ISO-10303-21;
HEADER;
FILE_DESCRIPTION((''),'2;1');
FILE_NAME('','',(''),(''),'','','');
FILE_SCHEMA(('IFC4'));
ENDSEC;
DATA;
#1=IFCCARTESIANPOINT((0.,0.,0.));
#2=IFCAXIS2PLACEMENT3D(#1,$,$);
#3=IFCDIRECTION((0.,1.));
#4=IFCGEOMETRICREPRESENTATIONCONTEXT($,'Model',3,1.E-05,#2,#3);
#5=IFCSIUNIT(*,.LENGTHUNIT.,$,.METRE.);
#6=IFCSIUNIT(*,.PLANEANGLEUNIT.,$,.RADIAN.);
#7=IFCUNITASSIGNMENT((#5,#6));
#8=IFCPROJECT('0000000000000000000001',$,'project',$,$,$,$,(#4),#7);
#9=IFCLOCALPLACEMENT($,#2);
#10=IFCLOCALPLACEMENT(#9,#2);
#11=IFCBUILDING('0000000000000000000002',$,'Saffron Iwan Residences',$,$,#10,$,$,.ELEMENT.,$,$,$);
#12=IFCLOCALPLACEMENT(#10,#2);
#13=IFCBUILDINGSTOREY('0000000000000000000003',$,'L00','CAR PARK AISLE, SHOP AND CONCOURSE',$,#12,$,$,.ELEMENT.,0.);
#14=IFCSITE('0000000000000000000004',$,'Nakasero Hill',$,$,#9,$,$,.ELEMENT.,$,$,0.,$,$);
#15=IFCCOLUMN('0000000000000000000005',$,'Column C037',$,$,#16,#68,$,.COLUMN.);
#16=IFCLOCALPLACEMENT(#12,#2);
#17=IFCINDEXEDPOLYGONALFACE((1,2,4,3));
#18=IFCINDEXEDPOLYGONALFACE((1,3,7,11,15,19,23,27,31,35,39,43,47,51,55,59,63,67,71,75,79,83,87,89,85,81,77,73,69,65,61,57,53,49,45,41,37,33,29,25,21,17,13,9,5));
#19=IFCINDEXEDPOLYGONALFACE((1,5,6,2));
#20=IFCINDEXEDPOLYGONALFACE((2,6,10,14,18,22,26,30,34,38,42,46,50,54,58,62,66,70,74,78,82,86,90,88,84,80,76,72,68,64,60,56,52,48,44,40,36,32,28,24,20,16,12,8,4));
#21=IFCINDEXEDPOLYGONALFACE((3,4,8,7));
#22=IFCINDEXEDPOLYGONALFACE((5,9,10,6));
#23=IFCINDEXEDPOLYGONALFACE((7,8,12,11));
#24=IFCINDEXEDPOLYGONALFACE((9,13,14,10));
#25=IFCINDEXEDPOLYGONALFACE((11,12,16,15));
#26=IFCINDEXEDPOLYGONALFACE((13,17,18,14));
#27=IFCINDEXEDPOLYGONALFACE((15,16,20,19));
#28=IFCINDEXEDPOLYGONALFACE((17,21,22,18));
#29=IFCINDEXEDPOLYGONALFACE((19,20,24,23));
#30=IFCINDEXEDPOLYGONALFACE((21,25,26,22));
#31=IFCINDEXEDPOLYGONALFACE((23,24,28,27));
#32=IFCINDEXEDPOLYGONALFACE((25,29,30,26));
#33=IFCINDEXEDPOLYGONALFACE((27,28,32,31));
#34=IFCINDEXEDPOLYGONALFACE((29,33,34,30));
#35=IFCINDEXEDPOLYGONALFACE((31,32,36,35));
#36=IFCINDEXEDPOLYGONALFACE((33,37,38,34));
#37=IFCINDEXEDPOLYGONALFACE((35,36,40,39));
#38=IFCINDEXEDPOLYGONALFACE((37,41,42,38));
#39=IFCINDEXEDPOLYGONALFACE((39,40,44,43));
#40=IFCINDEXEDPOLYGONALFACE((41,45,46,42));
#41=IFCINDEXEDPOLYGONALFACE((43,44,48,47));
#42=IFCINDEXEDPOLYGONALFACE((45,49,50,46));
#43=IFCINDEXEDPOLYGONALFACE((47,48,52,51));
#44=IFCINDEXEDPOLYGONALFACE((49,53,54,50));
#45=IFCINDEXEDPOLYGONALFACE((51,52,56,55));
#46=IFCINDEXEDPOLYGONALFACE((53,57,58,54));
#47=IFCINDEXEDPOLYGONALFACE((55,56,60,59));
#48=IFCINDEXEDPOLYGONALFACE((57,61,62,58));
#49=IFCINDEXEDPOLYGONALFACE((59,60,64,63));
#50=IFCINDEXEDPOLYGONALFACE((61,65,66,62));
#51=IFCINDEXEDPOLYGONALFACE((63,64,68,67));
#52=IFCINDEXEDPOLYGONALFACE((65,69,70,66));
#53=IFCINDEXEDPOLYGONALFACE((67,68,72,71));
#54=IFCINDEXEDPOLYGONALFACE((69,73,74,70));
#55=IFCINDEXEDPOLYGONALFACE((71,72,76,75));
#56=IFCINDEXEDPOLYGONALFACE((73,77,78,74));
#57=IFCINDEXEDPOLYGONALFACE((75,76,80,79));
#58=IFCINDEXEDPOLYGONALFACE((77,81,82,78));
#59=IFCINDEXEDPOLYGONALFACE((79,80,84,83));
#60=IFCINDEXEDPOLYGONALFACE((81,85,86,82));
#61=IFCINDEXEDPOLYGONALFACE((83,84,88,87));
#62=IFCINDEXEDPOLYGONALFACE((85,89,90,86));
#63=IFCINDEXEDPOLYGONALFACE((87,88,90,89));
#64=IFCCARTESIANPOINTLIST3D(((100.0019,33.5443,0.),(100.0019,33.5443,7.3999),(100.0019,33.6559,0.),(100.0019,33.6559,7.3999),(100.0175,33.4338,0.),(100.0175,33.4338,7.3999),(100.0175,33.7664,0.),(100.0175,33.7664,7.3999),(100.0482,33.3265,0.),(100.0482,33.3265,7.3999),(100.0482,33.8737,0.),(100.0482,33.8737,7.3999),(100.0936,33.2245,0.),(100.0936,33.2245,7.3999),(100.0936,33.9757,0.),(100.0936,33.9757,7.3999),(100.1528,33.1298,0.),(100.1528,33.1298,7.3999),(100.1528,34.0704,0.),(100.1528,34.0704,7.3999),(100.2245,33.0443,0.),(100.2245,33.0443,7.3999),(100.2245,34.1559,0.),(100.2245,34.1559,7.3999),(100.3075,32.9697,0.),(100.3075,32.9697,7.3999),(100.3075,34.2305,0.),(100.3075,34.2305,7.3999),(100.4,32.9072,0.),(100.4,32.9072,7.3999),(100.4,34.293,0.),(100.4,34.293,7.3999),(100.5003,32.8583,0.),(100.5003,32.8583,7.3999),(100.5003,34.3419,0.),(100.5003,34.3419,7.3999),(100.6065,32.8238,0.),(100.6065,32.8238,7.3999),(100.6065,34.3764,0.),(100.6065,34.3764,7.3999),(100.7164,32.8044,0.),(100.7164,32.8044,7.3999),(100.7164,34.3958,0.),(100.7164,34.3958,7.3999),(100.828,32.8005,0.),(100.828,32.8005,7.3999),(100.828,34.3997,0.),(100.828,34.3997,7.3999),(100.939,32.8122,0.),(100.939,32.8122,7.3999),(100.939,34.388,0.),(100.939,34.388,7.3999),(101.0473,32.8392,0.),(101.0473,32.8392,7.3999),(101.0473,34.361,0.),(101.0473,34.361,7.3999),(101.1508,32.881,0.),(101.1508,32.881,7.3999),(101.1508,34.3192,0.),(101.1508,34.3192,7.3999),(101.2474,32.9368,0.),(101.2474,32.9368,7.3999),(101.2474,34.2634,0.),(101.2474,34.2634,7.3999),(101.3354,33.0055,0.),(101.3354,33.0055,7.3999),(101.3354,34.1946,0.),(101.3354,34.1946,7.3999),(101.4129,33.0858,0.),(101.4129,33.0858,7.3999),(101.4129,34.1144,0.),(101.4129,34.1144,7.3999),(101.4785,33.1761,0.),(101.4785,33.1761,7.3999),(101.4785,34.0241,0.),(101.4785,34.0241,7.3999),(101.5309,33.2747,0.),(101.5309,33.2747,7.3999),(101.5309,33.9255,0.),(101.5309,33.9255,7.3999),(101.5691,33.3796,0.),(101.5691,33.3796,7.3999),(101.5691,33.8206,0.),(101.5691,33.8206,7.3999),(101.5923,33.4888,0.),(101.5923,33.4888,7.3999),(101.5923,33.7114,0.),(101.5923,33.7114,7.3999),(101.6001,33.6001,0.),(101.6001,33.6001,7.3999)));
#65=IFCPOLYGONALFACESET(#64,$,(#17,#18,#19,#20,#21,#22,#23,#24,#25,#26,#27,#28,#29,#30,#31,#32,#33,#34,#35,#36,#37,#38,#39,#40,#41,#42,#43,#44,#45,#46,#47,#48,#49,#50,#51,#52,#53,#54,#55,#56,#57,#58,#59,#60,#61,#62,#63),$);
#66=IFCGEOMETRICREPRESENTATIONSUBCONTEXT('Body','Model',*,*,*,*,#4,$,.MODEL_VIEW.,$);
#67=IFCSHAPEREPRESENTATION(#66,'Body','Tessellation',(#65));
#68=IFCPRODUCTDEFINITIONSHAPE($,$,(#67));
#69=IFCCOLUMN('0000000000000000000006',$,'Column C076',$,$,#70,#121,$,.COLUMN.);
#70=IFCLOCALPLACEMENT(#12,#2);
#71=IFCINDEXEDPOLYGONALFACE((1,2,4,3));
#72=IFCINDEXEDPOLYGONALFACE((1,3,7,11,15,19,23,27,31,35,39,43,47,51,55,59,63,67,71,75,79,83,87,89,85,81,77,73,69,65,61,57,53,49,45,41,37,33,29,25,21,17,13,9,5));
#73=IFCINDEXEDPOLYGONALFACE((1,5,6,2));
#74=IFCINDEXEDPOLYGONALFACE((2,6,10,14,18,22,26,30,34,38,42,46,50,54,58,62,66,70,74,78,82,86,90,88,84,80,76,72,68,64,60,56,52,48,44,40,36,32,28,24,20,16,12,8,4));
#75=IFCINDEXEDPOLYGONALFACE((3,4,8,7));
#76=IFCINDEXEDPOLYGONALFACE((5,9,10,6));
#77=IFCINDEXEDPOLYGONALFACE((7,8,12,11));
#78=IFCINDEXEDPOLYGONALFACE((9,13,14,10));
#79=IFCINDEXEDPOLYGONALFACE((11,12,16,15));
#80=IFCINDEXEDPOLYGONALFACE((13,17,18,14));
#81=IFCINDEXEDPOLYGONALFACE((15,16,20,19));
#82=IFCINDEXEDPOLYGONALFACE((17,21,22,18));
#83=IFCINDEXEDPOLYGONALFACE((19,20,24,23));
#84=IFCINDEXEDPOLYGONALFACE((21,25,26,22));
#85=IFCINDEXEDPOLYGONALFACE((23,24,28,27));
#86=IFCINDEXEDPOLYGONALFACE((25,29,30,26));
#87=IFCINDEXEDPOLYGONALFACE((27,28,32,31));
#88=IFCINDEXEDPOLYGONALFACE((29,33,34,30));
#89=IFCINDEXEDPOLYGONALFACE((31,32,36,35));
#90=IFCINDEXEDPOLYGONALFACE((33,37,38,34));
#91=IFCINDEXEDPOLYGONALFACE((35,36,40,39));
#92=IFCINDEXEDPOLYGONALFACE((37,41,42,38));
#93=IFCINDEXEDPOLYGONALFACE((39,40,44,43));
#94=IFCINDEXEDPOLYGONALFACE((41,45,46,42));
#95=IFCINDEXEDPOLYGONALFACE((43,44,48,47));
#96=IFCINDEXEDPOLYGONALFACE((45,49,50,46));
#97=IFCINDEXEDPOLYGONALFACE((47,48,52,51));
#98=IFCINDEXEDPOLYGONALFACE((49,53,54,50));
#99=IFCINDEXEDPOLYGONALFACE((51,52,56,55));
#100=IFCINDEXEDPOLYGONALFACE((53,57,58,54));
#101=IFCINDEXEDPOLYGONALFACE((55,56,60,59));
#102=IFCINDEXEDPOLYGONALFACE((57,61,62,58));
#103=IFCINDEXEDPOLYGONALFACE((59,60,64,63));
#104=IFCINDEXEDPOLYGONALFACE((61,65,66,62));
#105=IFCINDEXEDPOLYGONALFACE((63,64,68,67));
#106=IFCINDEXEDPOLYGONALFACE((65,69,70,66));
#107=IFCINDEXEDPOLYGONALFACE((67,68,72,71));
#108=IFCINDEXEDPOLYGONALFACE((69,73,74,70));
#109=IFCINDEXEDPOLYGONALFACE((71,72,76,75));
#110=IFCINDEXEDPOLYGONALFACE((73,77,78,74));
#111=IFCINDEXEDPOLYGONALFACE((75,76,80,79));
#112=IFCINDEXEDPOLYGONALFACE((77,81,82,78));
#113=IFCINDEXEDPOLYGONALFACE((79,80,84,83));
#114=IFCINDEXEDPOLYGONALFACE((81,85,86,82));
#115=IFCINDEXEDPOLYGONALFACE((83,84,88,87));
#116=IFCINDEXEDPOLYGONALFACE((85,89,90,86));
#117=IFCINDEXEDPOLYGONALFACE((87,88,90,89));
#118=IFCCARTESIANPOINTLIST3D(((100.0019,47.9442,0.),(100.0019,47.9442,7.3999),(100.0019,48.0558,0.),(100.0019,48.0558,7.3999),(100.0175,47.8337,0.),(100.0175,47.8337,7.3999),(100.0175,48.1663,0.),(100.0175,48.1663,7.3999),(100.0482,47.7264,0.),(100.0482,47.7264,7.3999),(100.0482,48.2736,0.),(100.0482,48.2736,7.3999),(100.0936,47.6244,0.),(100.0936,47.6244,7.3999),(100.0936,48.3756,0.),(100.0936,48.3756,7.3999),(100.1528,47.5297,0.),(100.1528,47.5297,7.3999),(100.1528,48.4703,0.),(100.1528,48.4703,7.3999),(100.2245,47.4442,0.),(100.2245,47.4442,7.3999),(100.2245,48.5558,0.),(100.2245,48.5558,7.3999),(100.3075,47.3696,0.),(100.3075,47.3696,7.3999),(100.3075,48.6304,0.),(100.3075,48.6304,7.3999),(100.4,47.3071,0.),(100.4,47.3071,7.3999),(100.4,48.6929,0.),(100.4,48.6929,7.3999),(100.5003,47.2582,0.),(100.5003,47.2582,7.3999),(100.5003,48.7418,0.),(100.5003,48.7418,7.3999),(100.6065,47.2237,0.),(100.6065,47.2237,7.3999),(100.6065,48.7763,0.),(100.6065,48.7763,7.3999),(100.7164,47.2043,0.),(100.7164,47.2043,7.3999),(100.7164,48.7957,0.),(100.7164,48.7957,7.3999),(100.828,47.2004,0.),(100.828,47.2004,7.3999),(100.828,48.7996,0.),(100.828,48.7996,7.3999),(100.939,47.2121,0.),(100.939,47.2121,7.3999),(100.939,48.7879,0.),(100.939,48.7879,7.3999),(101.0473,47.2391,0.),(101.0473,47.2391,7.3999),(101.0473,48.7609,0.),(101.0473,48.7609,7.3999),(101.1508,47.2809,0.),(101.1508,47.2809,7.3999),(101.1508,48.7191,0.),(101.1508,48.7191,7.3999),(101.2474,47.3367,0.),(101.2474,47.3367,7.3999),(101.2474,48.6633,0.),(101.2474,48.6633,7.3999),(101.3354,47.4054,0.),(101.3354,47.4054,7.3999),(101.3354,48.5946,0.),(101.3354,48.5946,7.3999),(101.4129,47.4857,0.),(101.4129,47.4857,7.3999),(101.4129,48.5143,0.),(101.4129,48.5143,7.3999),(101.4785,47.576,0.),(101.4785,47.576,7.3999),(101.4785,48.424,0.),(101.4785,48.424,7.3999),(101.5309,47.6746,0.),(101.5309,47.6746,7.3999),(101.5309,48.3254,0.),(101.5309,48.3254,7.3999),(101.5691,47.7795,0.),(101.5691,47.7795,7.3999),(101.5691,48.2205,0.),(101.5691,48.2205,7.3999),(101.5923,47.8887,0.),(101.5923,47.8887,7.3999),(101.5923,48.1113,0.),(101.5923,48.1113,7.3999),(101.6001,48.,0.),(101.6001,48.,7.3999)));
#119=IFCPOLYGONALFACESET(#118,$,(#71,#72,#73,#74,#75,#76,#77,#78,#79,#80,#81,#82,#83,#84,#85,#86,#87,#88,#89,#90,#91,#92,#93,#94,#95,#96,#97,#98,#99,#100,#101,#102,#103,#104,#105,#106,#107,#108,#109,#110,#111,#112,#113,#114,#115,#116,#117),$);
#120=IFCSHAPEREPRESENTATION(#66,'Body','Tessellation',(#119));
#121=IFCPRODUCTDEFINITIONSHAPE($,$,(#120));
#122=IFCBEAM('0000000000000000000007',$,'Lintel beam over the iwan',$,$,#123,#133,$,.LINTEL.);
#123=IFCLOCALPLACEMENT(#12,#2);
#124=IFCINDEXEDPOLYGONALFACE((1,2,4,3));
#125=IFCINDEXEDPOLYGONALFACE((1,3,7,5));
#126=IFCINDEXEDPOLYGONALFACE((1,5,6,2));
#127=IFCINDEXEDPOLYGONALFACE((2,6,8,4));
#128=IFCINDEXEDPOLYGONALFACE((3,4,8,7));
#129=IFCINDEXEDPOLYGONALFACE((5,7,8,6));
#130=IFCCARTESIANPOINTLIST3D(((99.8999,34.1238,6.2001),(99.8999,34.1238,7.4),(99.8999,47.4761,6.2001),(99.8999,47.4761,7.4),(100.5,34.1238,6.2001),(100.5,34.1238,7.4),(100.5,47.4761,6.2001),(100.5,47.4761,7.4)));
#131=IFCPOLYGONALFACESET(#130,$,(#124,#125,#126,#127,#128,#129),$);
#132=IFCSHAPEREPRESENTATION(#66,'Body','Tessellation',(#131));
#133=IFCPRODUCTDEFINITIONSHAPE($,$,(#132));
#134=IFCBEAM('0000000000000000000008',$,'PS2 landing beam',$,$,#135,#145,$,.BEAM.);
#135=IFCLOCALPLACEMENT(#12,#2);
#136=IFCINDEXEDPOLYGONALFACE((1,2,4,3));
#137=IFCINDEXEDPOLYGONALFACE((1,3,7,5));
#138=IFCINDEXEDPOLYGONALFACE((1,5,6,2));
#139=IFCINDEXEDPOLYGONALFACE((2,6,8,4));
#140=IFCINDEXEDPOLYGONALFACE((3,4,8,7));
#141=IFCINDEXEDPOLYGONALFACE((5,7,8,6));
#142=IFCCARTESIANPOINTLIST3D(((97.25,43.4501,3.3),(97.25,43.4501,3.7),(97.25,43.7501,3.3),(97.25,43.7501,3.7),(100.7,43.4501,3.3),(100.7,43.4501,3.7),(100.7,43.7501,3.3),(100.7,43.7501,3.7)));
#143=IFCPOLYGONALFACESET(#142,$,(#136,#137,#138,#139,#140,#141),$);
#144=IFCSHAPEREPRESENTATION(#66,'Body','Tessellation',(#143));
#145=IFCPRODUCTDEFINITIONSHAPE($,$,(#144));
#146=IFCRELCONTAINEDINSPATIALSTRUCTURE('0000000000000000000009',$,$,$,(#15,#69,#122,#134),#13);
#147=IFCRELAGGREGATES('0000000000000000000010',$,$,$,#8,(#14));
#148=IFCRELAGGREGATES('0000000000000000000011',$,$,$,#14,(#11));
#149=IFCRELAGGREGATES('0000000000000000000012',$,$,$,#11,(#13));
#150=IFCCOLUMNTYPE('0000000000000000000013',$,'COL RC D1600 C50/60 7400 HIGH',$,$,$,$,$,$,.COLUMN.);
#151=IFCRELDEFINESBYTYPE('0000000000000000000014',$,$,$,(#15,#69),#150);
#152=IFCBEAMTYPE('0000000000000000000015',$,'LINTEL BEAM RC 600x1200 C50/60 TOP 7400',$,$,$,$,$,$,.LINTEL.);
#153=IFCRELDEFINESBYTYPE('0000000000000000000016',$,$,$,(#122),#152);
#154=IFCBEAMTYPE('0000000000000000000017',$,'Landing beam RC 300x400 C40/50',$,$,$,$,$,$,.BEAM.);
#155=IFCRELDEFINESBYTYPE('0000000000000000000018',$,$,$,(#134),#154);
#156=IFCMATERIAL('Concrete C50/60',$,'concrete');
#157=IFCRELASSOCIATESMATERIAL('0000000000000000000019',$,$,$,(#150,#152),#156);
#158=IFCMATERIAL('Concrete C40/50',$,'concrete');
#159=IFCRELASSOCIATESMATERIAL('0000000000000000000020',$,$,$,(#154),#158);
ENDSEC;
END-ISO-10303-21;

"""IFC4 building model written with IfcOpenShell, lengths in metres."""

from ifc_helpers import new_model, si_unit, direction, frame, origin, origin_2d, place, context, subcontext, project, spatial, rectangle, circle, extrude, source, transform, mapped, material, material_profile, profile_set, type_object, element, save


model = new_model("IFC4")

# Units and contexts
model_context = context("Model", 3, precision=1e-05, world=origin(), true_north=direction((0.0, 1.0)))
body_context = subcontext(model_context, "Body", "Model", "MODEL_VIEW")
ifc_project = project(units=[si_unit("LENGTHUNIT", "METRE"), si_unit("PLANEANGLEUNIT", "RADIAN")], contexts=[model_context])

# Site, building, storey
site_placement = place(None, origin())
site = spatial("IfcSite", under=ifc_project, at=site_placement, Name="Nakasero Hill", CompositionType="ELEMENT", RefElevation=0.0)
building_placement = place(site_placement, origin())
building = spatial("IfcBuilding", under=site, at=building_placement, Name="Saffron Iwan Residences", CompositionType="ELEMENT")
storey_placement = place(building_placement, origin())
storey = spatial("IfcBuildingStorey", under=building, at=storey_placement, Name="L00", Description="CAR PARK AISLE, SHOP AND CONCOURSE", CompositionType="ELEMENT", Elevation=0.0)

# Columns
ifc_material_1 = material(Name="Concrete C50/60", Category="concrete")
ifc_material_profile_1 = material_profile(ifc_material_1, circle(Radius=0.8, at=origin_2d()), Name="RC D1600")
ifc_profile_set_1 = profile_set([ifc_material_profile_1], Name="Concrete C50/60")
column_type = type_object("IfcColumnType", Name="COL RC D1600 C50/60 7400 HIGH", PredefinedType="COLUMN", material=ifc_profile_set_1)
shared_shape_1 = source(origin(), body_context, "Body", "SweptSolid", [
    extrude(circle(Radius=0.8, at=origin_2d()), origin(), (0.0, 0.0, 1.0), 7.3999),
])
for number, where, z_axis, x_axis, name in (
    (1, (100.8, 33.6001, 0.0), (0.0, 0.0, 1.0), (1.0, 0.0, 0.0), "Column C037"),
    (2, (100.8, 48.0, 0.0), (0.0, 0.0, 1.0), (1.0, 0.0, 0.0), "Column C076"),
):
    element("IfcColumn", number, at=place(storey_placement, frame(where, z_axis=z_axis, x_axis=x_axis)), inside=storey, type_object=column_type, Name=name, PredefinedType="COLUMN", context=body_context, shape_type="MappedRepresentation", body=[
        mapped(shared_shape_1, transform((0.0, 0.0, 0.0))),
    ])

# Beams
ifc_material_profile_2 = material_profile(ifc_material_1, rectangle(XDim=0.6001, YDim=1.2, at=origin_2d()), Name="RC 600x1200")
ifc_profile_set_2 = profile_set([ifc_material_profile_2], Name="Concrete C50/60")
beam_type_1 = type_object("IfcBeamType", Name="LINTEL BEAM RC 600x1200 C50/60 TOP 7400", PredefinedType="LINTEL", material=ifc_profile_set_2)
shared_shape_2 = source(origin(), body_context, "Body", "SweptSolid", [
    extrude(rectangle(XDim=0.6001, YDim=1.2, at=origin_2d()), origin(), (0.0, 0.0, 1.0), 13.3523),
])
beam_1_placement = place(storey_placement, frame((100.2, 47.4761, 6.8), z_axis=(0.0, -1.0, 0.0), x_axis=(1.0, 0.0, 0.0)))
element("IfcBeam", 3, at=beam_1_placement, inside=storey, type_object=beam_type_1, Name="Lintel beam over the iwan", PredefinedType="LINTEL", context=body_context, shape_type="MappedRepresentation", body=[
    mapped(shared_shape_2, transform((0.0, 0.0, 0.0))),
])
ifc_material_2 = material(Name="Concrete C40/50", Category="concrete")
ifc_material_profile_3 = material_profile(ifc_material_2, rectangle(XDim=0.3, YDim=0.3999, at=origin_2d()), Name="Landing beam RC 300x400 C40/50")
ifc_profile_set_3 = profile_set([ifc_material_profile_3], Name="Concrete C40/50")
beam_type_2 = type_object("IfcBeamType", Name="Landing beam RC 300x400 C40/50", PredefinedType="BEAM", material=ifc_profile_set_3)
shared_shape_3 = source(origin(), body_context, "Body", "SweptSolid", [
    extrude(rectangle(XDim=0.3, YDim=0.3999, at=origin_2d()), origin(), (0.0, 0.0, 1.0), 3.45),
])
beam_2_placement = place(storey_placement, frame((97.25, 43.6001, 3.5), z_axis=(1.0, 0.0, 0.0), x_axis=(0.0, 1.0, 0.0)))
element("IfcBeam", 4, at=beam_2_placement, inside=storey, type_object=beam_type_2, Name="PS2 landing beam", PredefinedType="BEAM", context=body_context, shape_type="MappedRepresentation", body=[
    mapped(shared_shape_3, transform((0.0, 0.0, 0.0))),
])

save(model, "model.ifc")
